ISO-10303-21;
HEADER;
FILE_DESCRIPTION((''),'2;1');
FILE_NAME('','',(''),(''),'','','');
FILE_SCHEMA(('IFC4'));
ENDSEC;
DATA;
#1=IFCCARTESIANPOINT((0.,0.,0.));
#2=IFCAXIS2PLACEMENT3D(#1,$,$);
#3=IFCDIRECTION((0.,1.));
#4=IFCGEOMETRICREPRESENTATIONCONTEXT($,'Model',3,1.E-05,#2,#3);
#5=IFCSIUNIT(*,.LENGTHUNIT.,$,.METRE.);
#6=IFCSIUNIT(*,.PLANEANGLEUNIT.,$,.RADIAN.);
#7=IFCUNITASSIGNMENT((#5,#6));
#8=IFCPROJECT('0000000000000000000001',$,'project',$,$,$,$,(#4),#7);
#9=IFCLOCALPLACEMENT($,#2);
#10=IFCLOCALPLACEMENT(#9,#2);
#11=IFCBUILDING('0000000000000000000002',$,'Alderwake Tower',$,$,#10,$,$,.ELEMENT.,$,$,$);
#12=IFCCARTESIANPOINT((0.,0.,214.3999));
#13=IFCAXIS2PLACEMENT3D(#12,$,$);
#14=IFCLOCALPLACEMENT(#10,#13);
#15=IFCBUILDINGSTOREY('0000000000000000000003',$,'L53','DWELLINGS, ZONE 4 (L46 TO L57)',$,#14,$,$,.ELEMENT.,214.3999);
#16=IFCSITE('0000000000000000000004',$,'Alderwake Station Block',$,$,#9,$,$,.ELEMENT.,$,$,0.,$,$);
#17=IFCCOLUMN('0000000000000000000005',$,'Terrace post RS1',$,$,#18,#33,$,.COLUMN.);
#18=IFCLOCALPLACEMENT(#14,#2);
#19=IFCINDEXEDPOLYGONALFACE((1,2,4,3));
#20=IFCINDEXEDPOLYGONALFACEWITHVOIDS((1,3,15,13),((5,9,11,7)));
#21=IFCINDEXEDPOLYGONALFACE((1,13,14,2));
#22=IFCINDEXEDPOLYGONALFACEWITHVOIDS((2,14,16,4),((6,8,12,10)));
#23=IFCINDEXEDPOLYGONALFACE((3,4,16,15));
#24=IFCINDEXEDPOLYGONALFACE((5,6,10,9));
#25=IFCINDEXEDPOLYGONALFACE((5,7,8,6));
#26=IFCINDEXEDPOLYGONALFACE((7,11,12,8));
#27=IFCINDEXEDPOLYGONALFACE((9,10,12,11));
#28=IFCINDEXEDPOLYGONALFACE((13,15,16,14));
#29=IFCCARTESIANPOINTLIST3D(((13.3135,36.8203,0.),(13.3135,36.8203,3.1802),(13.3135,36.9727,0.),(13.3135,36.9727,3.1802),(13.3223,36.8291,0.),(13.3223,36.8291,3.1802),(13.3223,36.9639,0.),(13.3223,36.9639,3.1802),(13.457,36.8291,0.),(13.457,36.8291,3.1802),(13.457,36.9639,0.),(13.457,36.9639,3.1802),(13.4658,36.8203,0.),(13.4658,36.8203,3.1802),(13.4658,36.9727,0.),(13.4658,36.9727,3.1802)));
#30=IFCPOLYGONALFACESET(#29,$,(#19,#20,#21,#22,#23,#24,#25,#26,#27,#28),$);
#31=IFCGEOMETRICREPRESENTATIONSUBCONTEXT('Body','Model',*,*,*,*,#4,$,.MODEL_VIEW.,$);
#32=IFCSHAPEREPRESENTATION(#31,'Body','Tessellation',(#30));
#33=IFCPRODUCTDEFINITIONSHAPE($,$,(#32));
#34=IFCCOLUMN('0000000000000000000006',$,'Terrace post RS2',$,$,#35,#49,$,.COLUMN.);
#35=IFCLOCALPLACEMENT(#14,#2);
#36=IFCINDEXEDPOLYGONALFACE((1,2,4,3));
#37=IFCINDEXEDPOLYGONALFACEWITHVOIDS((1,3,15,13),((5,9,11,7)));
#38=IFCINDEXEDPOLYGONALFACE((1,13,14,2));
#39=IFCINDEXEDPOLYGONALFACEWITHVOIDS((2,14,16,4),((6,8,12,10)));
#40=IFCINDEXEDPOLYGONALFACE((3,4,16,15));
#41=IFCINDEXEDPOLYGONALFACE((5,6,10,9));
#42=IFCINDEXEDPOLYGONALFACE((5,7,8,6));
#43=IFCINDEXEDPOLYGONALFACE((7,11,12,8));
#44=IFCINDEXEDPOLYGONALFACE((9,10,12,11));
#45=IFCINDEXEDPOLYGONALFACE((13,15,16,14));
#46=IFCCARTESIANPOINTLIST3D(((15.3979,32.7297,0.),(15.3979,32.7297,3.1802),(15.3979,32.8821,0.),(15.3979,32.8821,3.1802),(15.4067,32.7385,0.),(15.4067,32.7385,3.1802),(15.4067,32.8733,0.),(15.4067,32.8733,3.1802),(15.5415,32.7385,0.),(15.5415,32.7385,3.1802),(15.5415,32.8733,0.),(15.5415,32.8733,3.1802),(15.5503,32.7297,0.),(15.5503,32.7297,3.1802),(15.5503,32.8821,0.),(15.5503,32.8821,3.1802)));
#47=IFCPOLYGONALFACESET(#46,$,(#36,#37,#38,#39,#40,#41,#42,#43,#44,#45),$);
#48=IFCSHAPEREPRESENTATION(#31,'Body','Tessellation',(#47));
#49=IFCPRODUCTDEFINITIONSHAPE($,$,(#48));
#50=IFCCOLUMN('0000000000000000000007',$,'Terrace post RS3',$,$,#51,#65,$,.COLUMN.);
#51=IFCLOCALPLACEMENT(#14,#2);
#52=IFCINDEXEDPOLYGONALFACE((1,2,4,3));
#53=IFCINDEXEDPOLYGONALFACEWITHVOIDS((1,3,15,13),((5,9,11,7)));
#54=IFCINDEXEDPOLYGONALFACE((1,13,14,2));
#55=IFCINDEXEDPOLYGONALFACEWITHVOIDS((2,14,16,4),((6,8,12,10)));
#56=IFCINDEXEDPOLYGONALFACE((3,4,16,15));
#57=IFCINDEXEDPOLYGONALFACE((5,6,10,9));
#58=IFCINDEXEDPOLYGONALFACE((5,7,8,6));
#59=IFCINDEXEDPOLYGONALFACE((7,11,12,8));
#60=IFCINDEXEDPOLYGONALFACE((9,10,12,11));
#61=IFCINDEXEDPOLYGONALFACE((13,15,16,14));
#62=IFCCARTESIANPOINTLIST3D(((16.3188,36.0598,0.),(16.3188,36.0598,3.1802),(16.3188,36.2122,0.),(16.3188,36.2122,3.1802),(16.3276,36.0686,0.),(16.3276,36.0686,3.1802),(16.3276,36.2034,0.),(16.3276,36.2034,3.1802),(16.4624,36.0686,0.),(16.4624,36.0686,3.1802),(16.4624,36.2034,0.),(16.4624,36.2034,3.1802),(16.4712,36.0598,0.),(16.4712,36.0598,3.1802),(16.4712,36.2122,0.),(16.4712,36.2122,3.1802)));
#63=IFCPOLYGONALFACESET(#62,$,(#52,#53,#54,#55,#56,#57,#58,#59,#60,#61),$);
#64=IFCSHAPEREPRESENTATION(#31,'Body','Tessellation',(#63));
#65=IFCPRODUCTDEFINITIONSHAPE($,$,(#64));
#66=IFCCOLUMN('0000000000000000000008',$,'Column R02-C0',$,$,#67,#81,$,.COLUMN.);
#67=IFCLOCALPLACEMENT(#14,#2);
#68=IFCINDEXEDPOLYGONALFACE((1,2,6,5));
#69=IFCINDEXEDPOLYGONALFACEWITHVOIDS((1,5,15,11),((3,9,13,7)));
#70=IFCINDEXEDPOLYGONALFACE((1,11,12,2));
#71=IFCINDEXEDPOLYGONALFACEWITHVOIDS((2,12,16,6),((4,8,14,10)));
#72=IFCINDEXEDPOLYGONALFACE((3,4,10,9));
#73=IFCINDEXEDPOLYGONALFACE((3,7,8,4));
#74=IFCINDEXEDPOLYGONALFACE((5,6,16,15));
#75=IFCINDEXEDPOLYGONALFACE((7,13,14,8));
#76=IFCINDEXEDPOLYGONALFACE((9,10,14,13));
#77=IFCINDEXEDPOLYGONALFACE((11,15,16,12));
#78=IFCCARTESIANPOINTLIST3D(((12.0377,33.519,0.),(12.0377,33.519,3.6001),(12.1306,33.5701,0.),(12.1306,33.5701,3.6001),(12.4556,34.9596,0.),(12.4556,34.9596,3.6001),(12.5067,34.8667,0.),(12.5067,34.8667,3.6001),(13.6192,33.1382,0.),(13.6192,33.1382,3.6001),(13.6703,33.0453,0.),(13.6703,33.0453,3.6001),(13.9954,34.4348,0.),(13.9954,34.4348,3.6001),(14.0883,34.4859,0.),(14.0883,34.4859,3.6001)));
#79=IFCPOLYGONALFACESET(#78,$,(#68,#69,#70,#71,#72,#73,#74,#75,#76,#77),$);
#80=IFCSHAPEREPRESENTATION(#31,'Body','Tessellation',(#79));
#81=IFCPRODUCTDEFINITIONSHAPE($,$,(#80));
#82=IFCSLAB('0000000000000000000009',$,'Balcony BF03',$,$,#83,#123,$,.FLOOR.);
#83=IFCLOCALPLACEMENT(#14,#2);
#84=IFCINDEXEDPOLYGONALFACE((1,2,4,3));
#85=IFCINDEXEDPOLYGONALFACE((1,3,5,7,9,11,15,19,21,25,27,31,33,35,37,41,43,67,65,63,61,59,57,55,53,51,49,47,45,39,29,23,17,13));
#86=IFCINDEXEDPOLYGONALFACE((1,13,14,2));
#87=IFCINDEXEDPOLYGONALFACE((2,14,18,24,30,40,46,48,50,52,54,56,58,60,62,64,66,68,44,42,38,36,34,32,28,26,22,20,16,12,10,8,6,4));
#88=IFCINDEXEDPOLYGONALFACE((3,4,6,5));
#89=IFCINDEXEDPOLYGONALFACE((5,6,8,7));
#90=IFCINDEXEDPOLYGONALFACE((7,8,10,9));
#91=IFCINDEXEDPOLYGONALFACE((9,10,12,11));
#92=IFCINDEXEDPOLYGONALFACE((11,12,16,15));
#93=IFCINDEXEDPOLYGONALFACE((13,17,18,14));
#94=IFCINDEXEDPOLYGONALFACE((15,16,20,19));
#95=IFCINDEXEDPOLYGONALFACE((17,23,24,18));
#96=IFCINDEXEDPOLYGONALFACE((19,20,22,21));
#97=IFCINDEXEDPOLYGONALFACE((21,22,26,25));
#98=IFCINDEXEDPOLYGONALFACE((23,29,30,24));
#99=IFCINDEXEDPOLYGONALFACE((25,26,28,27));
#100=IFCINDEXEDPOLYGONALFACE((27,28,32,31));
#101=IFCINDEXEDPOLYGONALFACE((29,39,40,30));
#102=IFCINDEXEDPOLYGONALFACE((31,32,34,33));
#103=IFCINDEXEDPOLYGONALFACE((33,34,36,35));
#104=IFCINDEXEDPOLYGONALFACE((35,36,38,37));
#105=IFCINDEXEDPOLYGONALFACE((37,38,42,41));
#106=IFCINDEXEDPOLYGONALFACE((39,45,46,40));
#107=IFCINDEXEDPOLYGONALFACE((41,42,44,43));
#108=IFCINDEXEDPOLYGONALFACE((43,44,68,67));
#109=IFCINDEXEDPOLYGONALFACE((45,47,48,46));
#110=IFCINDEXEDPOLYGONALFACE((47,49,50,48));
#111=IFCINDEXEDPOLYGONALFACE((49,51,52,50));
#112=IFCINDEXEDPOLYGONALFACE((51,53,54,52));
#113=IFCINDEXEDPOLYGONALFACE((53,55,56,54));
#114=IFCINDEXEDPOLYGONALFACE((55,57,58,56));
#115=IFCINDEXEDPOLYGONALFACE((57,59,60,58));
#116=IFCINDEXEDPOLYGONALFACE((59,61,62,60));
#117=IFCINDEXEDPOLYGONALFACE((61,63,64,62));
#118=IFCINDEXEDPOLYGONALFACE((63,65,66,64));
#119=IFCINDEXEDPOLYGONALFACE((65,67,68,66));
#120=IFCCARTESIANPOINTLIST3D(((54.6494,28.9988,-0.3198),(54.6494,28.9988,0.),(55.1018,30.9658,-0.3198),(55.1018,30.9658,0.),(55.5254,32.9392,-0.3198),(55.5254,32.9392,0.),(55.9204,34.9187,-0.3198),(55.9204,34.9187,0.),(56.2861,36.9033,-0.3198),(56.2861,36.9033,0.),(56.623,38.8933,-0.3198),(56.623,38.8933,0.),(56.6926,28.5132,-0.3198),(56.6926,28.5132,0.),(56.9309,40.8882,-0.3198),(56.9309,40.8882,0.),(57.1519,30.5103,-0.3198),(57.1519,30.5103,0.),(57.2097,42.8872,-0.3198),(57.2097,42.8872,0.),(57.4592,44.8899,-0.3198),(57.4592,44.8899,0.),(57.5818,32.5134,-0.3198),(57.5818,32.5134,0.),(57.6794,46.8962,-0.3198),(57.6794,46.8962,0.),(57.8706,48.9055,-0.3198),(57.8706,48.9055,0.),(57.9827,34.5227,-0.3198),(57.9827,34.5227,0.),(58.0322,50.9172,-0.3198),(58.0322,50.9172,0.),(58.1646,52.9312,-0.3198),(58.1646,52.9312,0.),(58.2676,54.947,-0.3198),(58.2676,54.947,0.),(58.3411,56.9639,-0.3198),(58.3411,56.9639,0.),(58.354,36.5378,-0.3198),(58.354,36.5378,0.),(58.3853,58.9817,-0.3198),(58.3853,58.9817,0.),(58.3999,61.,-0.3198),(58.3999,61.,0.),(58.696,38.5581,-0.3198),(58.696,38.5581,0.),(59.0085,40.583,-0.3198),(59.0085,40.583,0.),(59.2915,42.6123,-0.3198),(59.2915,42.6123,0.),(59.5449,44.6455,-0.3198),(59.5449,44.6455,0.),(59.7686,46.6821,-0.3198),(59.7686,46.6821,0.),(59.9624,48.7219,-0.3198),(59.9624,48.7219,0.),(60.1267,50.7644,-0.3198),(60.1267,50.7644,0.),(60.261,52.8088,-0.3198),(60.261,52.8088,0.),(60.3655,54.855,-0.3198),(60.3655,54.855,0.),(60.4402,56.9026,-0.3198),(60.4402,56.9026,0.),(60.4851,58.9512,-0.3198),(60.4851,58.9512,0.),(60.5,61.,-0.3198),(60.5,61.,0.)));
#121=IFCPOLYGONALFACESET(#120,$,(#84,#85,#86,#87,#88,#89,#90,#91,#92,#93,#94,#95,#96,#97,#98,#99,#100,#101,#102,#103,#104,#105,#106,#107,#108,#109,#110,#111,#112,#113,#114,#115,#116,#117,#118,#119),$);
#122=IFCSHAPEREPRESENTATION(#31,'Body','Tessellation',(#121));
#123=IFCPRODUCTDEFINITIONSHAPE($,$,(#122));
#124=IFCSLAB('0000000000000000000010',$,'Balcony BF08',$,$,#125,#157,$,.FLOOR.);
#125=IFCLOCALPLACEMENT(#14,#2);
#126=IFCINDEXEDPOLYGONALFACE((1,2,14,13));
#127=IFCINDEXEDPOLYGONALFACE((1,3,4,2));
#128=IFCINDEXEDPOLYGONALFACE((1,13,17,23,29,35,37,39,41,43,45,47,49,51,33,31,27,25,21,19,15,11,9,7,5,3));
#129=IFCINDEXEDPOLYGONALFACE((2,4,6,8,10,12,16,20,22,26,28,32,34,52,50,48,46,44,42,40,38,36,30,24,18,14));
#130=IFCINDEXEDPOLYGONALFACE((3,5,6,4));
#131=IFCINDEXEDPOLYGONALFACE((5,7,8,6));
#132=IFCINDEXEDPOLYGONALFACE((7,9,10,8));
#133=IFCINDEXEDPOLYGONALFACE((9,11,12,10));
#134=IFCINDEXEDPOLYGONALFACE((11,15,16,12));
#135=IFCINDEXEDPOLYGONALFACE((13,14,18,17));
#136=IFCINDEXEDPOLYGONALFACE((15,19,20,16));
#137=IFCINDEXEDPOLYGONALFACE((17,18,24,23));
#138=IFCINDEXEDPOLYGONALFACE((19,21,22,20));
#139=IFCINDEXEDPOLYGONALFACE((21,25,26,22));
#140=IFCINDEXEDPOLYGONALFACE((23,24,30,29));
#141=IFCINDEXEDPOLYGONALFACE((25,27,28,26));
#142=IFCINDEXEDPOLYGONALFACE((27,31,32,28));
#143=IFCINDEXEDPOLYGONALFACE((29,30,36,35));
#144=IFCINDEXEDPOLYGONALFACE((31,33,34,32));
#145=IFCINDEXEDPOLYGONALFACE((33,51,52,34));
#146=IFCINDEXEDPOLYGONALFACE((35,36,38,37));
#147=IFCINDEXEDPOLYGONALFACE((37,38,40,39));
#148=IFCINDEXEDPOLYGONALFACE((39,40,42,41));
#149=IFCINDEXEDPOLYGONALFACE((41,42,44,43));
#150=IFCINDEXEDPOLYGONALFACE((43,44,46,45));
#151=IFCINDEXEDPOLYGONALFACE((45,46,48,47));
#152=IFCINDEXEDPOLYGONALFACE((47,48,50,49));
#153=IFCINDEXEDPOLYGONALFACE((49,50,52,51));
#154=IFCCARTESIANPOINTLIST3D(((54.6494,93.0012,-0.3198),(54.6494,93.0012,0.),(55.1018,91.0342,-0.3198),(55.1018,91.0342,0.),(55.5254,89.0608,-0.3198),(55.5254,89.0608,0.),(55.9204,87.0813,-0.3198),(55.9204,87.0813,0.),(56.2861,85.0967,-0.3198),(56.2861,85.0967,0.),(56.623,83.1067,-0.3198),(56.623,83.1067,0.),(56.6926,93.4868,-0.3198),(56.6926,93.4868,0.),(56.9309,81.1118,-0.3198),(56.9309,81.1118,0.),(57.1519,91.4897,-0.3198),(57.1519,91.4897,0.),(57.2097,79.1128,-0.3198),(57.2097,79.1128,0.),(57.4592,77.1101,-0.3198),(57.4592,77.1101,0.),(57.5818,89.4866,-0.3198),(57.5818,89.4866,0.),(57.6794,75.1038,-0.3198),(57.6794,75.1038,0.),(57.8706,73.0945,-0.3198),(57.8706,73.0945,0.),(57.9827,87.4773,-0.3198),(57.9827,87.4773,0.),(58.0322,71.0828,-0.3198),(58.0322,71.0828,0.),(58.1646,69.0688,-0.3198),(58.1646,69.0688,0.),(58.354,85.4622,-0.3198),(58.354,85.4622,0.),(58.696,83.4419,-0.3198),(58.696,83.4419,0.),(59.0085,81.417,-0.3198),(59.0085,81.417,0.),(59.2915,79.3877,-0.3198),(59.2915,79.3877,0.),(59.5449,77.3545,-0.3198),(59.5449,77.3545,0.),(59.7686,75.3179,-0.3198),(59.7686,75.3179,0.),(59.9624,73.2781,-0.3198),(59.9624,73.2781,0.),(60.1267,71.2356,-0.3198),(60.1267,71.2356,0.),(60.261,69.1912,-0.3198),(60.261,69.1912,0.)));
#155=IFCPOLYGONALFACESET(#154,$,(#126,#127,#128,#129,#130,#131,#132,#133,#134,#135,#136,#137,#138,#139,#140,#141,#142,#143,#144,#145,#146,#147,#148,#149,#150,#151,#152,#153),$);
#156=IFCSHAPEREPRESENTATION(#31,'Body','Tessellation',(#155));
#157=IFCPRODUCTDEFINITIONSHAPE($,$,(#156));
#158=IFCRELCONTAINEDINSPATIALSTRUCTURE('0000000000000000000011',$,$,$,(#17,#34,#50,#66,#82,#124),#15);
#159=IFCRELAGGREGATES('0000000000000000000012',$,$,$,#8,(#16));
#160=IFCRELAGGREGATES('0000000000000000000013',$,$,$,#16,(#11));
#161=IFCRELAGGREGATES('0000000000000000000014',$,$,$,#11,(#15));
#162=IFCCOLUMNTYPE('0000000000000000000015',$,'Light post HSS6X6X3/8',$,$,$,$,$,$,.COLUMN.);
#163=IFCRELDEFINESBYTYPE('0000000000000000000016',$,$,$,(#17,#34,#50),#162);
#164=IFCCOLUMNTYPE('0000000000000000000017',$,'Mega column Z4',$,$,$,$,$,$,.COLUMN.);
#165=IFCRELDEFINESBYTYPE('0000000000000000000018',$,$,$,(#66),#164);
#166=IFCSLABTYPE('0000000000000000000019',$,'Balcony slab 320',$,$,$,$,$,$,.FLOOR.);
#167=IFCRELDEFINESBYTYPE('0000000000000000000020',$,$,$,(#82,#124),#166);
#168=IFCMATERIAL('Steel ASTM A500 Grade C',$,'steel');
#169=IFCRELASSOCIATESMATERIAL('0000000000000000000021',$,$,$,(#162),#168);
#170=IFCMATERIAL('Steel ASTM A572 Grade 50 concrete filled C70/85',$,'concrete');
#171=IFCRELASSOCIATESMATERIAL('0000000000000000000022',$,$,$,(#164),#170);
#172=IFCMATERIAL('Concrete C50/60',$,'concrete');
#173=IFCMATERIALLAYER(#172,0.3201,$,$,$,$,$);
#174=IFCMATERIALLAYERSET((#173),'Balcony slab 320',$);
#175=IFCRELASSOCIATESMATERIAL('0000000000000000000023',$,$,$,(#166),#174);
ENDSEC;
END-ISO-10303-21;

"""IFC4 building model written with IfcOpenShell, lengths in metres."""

from ifc_helpers import new_model, si_unit, direction, frame, origin, origin_2d, place, context, subcontext, project, spatial, polyline, hollow_rectangle, outline, extrude, material, layer, layer_set, material_profile, profile_set, type_object, element, save


model = new_model("IFC4")

# Units and contexts
model_context = context("Model", 3, precision=1e-05, world=origin(), true_north=direction((0.0, 1.0)))
body_context = subcontext(model_context, "Body", "Model", "MODEL_VIEW")
ifc_project = project(units=[si_unit("LENGTHUNIT", "METRE"), si_unit("PLANEANGLEUNIT", "RADIAN")], contexts=[model_context])

# Site, building, storey
site_placement = place(None, origin())
site = spatial("IfcSite", under=ifc_project, at=site_placement, Name="Alderwake Station Block", CompositionType="ELEMENT", RefElevation=0.0)
building_placement = place(site_placement, origin())
building = spatial("IfcBuilding", under=site, at=building_placement, Name="Alderwake Tower", CompositionType="ELEMENT")
storey_placement = place(building_placement, frame((0.0, 0.0, 214.3999)))
storey = spatial("IfcBuildingStorey", under=building, at=storey_placement, Name="L53", Description="DWELLINGS, ZONE 4 (L46 TO L57)", CompositionType="ELEMENT", Elevation=214.3999)

# Columns
ifc_material_1 = material(Name="Steel ASTM A500 Grade C", Category="steel")
ifc_material_profile_1 = material_profile(ifc_material_1, hollow_rectangle(XDim=0.1523, YDim=0.1523, WallThickness=0.0088, at=origin_2d()), Name="HSS6X6X3/8")
ifc_profile_set_1 = profile_set([ifc_material_profile_1], Name="Steel ASTM A500 Grade C")
column_type_1 = type_object("IfcColumnType", Name="Light post HSS6X6X3/8", PredefinedType="COLUMN", material=ifc_profile_set_1)
for number, where, z_axis, x_axis, name in (
    (1, (13.3896, 36.8965, 0.0), (0.0, 0.0, 1.0), (1.0, 0.0, 0.0), "Terrace post RS1"),
    (2, (15.4741, 32.8059, 0.0), (0.0, 0.0, 1.0), (1.0, 0.0, 0.0), "Terrace post RS2"),
    (3, (16.395, 36.136, 0.0), (0.0, 0.0, 1.0), (1.0, 0.0, 0.0), "Terrace post RS3"),
):
    element("IfcColumn", number, at=place(storey_placement, frame(where, z_axis=z_axis, x_axis=x_axis)), inside=storey, type_object=column_type_1, Name=name, PredefinedType="COLUMN", context=body_context, shape_type="SweptSolid", body=[
        extrude(hollow_rectangle(XDim=0.1523, YDim=0.1523, WallThickness=0.0088, at=origin_2d()), origin(), (0.0, 0.0, 1.0), 3.1802),
    ])
ifc_material_2 = material(Name="Steel ASTM A572 Grade 50 concrete filled C70/85", Category="concrete")
ifc_material_profile_2 = material_profile(ifc_material_2, hollow_rectangle(XDim=1.5, YDim=1.7, WallThickness=0.075, at=origin_2d()), Name="BOX 1700X1500X75")
ifc_profile_set_2 = profile_set([ifc_material_profile_2], Name="Steel ASTM A572 Grade 50 concrete filled C70/85")
column_type_2 = type_object("IfcColumnType", Name="Mega column Z4", PredefinedType="COLUMN", material=ifc_profile_set_2)
column_placement = place(storey_placement, frame((13.063, 34.0024, 0.0), z_axis=(0.0, 0.0, 1.0), x_axis=(0.278612, 0.960404, 0.0)))
element("IfcColumn", 4, at=column_placement, inside=storey, type_object=column_type_2, Name="Column R02-C0", PredefinedType="COLUMN", context=body_context, shape_type="SweptSolid", body=[
    extrude(hollow_rectangle(XDim=1.5, YDim=1.7, WallThickness=0.075, at=origin_2d()), origin(), (0.0, 0.0, 1.0), 3.6001),
])

# Slabs
ifc_material_3 = material(Name="Concrete C50/60", Category="concrete")
ifc_layer_1 = layer(ifc_material_3, 0.3201)
ifc_layer_set_1 = layer_set([ifc_layer_1], Name="Balcony slab 320")
slab_type_1 = type_object("IfcSlabType", Name="Balcony slab 320", PredefinedType="FLOOR", material=ifc_layer_set_1)
slab_1_placement = place(storey_placement, frame((0.0, 0.0, -0.3198)))
element("IfcSlab", 5, at=slab_1_placement, inside=storey, type_object=slab_type_1, Name="Balcony BF03", PredefinedType="FLOOR", context=body_context, shape_type="SweptSolid", body=[
    extrude(outline(polyline([(57.1519, 30.5103), (57.5818, 32.5134), (57.9827, 34.5227), (58.354, 36.5378), (58.696, 38.5581), (59.0085, 40.583), (59.2915, 42.6123), (59.5449, 44.6455), (59.7686, 46.6821), (59.9624, 48.7219), (60.1267, 50.7644), (60.261, 52.8088), (60.3655, 54.855), (60.4402, 56.9026), (60.4851, 58.9512), (60.5, 61.0), (58.3999, 61.0), (58.3853, 58.9817), (58.3411, 56.9639), (58.2676, 54.947), (58.1646, 52.9312), (58.0322, 50.9172), (57.8706, 48.9055), (57.6794, 46.8962), (57.4592, 44.8899), (57.2097, 42.8872), (56.9309, 40.8882), (56.623, 38.8933), (56.2861, 36.9033), (55.9204, 34.9187), (55.5254, 32.9392), (55.1018, 30.9658), (54.6494, 28.9988), (56.6926, 28.5132), (57.1519, 30.5103)])), origin(), (0.0, 0.0, 1.0), 0.3198),
])
slab_2_placement = place(storey_placement, frame((0.0, 0.0, -0.3198)))
element("IfcSlab", 6, at=slab_2_placement, inside=storey, type_object=slab_type_1, Name="Balcony BF08", PredefinedType="FLOOR", context=body_context, shape_type="SweptSolid", body=[
    extrude(outline(polyline([(59.9624, 73.2781), (59.7686, 75.3179), (59.5449, 77.3545), (59.2915, 79.3877), (59.0085, 81.417), (58.696, 83.4419), (58.354, 85.4622), (57.9827, 87.4773), (57.5818, 89.4866), (57.1519, 91.4897), (56.6926, 93.4868), (54.6494, 93.0012), (55.1018, 91.0342), (55.5254, 89.0608), (55.9204, 87.0813), (56.2861, 85.0967), (56.623, 83.1067), (56.9309, 81.1118), (57.2097, 79.1128), (57.4592, 77.1101), (57.6794, 75.1038), (57.8706, 73.0945), (58.0322, 71.0828), (58.1646, 69.0688), (60.261, 69.1912), (60.1267, 71.2356), (59.9624, 73.2781)])), origin(), (0.0, 0.0, 1.0), 0.3198),
])

save(model, "model.ifc")
